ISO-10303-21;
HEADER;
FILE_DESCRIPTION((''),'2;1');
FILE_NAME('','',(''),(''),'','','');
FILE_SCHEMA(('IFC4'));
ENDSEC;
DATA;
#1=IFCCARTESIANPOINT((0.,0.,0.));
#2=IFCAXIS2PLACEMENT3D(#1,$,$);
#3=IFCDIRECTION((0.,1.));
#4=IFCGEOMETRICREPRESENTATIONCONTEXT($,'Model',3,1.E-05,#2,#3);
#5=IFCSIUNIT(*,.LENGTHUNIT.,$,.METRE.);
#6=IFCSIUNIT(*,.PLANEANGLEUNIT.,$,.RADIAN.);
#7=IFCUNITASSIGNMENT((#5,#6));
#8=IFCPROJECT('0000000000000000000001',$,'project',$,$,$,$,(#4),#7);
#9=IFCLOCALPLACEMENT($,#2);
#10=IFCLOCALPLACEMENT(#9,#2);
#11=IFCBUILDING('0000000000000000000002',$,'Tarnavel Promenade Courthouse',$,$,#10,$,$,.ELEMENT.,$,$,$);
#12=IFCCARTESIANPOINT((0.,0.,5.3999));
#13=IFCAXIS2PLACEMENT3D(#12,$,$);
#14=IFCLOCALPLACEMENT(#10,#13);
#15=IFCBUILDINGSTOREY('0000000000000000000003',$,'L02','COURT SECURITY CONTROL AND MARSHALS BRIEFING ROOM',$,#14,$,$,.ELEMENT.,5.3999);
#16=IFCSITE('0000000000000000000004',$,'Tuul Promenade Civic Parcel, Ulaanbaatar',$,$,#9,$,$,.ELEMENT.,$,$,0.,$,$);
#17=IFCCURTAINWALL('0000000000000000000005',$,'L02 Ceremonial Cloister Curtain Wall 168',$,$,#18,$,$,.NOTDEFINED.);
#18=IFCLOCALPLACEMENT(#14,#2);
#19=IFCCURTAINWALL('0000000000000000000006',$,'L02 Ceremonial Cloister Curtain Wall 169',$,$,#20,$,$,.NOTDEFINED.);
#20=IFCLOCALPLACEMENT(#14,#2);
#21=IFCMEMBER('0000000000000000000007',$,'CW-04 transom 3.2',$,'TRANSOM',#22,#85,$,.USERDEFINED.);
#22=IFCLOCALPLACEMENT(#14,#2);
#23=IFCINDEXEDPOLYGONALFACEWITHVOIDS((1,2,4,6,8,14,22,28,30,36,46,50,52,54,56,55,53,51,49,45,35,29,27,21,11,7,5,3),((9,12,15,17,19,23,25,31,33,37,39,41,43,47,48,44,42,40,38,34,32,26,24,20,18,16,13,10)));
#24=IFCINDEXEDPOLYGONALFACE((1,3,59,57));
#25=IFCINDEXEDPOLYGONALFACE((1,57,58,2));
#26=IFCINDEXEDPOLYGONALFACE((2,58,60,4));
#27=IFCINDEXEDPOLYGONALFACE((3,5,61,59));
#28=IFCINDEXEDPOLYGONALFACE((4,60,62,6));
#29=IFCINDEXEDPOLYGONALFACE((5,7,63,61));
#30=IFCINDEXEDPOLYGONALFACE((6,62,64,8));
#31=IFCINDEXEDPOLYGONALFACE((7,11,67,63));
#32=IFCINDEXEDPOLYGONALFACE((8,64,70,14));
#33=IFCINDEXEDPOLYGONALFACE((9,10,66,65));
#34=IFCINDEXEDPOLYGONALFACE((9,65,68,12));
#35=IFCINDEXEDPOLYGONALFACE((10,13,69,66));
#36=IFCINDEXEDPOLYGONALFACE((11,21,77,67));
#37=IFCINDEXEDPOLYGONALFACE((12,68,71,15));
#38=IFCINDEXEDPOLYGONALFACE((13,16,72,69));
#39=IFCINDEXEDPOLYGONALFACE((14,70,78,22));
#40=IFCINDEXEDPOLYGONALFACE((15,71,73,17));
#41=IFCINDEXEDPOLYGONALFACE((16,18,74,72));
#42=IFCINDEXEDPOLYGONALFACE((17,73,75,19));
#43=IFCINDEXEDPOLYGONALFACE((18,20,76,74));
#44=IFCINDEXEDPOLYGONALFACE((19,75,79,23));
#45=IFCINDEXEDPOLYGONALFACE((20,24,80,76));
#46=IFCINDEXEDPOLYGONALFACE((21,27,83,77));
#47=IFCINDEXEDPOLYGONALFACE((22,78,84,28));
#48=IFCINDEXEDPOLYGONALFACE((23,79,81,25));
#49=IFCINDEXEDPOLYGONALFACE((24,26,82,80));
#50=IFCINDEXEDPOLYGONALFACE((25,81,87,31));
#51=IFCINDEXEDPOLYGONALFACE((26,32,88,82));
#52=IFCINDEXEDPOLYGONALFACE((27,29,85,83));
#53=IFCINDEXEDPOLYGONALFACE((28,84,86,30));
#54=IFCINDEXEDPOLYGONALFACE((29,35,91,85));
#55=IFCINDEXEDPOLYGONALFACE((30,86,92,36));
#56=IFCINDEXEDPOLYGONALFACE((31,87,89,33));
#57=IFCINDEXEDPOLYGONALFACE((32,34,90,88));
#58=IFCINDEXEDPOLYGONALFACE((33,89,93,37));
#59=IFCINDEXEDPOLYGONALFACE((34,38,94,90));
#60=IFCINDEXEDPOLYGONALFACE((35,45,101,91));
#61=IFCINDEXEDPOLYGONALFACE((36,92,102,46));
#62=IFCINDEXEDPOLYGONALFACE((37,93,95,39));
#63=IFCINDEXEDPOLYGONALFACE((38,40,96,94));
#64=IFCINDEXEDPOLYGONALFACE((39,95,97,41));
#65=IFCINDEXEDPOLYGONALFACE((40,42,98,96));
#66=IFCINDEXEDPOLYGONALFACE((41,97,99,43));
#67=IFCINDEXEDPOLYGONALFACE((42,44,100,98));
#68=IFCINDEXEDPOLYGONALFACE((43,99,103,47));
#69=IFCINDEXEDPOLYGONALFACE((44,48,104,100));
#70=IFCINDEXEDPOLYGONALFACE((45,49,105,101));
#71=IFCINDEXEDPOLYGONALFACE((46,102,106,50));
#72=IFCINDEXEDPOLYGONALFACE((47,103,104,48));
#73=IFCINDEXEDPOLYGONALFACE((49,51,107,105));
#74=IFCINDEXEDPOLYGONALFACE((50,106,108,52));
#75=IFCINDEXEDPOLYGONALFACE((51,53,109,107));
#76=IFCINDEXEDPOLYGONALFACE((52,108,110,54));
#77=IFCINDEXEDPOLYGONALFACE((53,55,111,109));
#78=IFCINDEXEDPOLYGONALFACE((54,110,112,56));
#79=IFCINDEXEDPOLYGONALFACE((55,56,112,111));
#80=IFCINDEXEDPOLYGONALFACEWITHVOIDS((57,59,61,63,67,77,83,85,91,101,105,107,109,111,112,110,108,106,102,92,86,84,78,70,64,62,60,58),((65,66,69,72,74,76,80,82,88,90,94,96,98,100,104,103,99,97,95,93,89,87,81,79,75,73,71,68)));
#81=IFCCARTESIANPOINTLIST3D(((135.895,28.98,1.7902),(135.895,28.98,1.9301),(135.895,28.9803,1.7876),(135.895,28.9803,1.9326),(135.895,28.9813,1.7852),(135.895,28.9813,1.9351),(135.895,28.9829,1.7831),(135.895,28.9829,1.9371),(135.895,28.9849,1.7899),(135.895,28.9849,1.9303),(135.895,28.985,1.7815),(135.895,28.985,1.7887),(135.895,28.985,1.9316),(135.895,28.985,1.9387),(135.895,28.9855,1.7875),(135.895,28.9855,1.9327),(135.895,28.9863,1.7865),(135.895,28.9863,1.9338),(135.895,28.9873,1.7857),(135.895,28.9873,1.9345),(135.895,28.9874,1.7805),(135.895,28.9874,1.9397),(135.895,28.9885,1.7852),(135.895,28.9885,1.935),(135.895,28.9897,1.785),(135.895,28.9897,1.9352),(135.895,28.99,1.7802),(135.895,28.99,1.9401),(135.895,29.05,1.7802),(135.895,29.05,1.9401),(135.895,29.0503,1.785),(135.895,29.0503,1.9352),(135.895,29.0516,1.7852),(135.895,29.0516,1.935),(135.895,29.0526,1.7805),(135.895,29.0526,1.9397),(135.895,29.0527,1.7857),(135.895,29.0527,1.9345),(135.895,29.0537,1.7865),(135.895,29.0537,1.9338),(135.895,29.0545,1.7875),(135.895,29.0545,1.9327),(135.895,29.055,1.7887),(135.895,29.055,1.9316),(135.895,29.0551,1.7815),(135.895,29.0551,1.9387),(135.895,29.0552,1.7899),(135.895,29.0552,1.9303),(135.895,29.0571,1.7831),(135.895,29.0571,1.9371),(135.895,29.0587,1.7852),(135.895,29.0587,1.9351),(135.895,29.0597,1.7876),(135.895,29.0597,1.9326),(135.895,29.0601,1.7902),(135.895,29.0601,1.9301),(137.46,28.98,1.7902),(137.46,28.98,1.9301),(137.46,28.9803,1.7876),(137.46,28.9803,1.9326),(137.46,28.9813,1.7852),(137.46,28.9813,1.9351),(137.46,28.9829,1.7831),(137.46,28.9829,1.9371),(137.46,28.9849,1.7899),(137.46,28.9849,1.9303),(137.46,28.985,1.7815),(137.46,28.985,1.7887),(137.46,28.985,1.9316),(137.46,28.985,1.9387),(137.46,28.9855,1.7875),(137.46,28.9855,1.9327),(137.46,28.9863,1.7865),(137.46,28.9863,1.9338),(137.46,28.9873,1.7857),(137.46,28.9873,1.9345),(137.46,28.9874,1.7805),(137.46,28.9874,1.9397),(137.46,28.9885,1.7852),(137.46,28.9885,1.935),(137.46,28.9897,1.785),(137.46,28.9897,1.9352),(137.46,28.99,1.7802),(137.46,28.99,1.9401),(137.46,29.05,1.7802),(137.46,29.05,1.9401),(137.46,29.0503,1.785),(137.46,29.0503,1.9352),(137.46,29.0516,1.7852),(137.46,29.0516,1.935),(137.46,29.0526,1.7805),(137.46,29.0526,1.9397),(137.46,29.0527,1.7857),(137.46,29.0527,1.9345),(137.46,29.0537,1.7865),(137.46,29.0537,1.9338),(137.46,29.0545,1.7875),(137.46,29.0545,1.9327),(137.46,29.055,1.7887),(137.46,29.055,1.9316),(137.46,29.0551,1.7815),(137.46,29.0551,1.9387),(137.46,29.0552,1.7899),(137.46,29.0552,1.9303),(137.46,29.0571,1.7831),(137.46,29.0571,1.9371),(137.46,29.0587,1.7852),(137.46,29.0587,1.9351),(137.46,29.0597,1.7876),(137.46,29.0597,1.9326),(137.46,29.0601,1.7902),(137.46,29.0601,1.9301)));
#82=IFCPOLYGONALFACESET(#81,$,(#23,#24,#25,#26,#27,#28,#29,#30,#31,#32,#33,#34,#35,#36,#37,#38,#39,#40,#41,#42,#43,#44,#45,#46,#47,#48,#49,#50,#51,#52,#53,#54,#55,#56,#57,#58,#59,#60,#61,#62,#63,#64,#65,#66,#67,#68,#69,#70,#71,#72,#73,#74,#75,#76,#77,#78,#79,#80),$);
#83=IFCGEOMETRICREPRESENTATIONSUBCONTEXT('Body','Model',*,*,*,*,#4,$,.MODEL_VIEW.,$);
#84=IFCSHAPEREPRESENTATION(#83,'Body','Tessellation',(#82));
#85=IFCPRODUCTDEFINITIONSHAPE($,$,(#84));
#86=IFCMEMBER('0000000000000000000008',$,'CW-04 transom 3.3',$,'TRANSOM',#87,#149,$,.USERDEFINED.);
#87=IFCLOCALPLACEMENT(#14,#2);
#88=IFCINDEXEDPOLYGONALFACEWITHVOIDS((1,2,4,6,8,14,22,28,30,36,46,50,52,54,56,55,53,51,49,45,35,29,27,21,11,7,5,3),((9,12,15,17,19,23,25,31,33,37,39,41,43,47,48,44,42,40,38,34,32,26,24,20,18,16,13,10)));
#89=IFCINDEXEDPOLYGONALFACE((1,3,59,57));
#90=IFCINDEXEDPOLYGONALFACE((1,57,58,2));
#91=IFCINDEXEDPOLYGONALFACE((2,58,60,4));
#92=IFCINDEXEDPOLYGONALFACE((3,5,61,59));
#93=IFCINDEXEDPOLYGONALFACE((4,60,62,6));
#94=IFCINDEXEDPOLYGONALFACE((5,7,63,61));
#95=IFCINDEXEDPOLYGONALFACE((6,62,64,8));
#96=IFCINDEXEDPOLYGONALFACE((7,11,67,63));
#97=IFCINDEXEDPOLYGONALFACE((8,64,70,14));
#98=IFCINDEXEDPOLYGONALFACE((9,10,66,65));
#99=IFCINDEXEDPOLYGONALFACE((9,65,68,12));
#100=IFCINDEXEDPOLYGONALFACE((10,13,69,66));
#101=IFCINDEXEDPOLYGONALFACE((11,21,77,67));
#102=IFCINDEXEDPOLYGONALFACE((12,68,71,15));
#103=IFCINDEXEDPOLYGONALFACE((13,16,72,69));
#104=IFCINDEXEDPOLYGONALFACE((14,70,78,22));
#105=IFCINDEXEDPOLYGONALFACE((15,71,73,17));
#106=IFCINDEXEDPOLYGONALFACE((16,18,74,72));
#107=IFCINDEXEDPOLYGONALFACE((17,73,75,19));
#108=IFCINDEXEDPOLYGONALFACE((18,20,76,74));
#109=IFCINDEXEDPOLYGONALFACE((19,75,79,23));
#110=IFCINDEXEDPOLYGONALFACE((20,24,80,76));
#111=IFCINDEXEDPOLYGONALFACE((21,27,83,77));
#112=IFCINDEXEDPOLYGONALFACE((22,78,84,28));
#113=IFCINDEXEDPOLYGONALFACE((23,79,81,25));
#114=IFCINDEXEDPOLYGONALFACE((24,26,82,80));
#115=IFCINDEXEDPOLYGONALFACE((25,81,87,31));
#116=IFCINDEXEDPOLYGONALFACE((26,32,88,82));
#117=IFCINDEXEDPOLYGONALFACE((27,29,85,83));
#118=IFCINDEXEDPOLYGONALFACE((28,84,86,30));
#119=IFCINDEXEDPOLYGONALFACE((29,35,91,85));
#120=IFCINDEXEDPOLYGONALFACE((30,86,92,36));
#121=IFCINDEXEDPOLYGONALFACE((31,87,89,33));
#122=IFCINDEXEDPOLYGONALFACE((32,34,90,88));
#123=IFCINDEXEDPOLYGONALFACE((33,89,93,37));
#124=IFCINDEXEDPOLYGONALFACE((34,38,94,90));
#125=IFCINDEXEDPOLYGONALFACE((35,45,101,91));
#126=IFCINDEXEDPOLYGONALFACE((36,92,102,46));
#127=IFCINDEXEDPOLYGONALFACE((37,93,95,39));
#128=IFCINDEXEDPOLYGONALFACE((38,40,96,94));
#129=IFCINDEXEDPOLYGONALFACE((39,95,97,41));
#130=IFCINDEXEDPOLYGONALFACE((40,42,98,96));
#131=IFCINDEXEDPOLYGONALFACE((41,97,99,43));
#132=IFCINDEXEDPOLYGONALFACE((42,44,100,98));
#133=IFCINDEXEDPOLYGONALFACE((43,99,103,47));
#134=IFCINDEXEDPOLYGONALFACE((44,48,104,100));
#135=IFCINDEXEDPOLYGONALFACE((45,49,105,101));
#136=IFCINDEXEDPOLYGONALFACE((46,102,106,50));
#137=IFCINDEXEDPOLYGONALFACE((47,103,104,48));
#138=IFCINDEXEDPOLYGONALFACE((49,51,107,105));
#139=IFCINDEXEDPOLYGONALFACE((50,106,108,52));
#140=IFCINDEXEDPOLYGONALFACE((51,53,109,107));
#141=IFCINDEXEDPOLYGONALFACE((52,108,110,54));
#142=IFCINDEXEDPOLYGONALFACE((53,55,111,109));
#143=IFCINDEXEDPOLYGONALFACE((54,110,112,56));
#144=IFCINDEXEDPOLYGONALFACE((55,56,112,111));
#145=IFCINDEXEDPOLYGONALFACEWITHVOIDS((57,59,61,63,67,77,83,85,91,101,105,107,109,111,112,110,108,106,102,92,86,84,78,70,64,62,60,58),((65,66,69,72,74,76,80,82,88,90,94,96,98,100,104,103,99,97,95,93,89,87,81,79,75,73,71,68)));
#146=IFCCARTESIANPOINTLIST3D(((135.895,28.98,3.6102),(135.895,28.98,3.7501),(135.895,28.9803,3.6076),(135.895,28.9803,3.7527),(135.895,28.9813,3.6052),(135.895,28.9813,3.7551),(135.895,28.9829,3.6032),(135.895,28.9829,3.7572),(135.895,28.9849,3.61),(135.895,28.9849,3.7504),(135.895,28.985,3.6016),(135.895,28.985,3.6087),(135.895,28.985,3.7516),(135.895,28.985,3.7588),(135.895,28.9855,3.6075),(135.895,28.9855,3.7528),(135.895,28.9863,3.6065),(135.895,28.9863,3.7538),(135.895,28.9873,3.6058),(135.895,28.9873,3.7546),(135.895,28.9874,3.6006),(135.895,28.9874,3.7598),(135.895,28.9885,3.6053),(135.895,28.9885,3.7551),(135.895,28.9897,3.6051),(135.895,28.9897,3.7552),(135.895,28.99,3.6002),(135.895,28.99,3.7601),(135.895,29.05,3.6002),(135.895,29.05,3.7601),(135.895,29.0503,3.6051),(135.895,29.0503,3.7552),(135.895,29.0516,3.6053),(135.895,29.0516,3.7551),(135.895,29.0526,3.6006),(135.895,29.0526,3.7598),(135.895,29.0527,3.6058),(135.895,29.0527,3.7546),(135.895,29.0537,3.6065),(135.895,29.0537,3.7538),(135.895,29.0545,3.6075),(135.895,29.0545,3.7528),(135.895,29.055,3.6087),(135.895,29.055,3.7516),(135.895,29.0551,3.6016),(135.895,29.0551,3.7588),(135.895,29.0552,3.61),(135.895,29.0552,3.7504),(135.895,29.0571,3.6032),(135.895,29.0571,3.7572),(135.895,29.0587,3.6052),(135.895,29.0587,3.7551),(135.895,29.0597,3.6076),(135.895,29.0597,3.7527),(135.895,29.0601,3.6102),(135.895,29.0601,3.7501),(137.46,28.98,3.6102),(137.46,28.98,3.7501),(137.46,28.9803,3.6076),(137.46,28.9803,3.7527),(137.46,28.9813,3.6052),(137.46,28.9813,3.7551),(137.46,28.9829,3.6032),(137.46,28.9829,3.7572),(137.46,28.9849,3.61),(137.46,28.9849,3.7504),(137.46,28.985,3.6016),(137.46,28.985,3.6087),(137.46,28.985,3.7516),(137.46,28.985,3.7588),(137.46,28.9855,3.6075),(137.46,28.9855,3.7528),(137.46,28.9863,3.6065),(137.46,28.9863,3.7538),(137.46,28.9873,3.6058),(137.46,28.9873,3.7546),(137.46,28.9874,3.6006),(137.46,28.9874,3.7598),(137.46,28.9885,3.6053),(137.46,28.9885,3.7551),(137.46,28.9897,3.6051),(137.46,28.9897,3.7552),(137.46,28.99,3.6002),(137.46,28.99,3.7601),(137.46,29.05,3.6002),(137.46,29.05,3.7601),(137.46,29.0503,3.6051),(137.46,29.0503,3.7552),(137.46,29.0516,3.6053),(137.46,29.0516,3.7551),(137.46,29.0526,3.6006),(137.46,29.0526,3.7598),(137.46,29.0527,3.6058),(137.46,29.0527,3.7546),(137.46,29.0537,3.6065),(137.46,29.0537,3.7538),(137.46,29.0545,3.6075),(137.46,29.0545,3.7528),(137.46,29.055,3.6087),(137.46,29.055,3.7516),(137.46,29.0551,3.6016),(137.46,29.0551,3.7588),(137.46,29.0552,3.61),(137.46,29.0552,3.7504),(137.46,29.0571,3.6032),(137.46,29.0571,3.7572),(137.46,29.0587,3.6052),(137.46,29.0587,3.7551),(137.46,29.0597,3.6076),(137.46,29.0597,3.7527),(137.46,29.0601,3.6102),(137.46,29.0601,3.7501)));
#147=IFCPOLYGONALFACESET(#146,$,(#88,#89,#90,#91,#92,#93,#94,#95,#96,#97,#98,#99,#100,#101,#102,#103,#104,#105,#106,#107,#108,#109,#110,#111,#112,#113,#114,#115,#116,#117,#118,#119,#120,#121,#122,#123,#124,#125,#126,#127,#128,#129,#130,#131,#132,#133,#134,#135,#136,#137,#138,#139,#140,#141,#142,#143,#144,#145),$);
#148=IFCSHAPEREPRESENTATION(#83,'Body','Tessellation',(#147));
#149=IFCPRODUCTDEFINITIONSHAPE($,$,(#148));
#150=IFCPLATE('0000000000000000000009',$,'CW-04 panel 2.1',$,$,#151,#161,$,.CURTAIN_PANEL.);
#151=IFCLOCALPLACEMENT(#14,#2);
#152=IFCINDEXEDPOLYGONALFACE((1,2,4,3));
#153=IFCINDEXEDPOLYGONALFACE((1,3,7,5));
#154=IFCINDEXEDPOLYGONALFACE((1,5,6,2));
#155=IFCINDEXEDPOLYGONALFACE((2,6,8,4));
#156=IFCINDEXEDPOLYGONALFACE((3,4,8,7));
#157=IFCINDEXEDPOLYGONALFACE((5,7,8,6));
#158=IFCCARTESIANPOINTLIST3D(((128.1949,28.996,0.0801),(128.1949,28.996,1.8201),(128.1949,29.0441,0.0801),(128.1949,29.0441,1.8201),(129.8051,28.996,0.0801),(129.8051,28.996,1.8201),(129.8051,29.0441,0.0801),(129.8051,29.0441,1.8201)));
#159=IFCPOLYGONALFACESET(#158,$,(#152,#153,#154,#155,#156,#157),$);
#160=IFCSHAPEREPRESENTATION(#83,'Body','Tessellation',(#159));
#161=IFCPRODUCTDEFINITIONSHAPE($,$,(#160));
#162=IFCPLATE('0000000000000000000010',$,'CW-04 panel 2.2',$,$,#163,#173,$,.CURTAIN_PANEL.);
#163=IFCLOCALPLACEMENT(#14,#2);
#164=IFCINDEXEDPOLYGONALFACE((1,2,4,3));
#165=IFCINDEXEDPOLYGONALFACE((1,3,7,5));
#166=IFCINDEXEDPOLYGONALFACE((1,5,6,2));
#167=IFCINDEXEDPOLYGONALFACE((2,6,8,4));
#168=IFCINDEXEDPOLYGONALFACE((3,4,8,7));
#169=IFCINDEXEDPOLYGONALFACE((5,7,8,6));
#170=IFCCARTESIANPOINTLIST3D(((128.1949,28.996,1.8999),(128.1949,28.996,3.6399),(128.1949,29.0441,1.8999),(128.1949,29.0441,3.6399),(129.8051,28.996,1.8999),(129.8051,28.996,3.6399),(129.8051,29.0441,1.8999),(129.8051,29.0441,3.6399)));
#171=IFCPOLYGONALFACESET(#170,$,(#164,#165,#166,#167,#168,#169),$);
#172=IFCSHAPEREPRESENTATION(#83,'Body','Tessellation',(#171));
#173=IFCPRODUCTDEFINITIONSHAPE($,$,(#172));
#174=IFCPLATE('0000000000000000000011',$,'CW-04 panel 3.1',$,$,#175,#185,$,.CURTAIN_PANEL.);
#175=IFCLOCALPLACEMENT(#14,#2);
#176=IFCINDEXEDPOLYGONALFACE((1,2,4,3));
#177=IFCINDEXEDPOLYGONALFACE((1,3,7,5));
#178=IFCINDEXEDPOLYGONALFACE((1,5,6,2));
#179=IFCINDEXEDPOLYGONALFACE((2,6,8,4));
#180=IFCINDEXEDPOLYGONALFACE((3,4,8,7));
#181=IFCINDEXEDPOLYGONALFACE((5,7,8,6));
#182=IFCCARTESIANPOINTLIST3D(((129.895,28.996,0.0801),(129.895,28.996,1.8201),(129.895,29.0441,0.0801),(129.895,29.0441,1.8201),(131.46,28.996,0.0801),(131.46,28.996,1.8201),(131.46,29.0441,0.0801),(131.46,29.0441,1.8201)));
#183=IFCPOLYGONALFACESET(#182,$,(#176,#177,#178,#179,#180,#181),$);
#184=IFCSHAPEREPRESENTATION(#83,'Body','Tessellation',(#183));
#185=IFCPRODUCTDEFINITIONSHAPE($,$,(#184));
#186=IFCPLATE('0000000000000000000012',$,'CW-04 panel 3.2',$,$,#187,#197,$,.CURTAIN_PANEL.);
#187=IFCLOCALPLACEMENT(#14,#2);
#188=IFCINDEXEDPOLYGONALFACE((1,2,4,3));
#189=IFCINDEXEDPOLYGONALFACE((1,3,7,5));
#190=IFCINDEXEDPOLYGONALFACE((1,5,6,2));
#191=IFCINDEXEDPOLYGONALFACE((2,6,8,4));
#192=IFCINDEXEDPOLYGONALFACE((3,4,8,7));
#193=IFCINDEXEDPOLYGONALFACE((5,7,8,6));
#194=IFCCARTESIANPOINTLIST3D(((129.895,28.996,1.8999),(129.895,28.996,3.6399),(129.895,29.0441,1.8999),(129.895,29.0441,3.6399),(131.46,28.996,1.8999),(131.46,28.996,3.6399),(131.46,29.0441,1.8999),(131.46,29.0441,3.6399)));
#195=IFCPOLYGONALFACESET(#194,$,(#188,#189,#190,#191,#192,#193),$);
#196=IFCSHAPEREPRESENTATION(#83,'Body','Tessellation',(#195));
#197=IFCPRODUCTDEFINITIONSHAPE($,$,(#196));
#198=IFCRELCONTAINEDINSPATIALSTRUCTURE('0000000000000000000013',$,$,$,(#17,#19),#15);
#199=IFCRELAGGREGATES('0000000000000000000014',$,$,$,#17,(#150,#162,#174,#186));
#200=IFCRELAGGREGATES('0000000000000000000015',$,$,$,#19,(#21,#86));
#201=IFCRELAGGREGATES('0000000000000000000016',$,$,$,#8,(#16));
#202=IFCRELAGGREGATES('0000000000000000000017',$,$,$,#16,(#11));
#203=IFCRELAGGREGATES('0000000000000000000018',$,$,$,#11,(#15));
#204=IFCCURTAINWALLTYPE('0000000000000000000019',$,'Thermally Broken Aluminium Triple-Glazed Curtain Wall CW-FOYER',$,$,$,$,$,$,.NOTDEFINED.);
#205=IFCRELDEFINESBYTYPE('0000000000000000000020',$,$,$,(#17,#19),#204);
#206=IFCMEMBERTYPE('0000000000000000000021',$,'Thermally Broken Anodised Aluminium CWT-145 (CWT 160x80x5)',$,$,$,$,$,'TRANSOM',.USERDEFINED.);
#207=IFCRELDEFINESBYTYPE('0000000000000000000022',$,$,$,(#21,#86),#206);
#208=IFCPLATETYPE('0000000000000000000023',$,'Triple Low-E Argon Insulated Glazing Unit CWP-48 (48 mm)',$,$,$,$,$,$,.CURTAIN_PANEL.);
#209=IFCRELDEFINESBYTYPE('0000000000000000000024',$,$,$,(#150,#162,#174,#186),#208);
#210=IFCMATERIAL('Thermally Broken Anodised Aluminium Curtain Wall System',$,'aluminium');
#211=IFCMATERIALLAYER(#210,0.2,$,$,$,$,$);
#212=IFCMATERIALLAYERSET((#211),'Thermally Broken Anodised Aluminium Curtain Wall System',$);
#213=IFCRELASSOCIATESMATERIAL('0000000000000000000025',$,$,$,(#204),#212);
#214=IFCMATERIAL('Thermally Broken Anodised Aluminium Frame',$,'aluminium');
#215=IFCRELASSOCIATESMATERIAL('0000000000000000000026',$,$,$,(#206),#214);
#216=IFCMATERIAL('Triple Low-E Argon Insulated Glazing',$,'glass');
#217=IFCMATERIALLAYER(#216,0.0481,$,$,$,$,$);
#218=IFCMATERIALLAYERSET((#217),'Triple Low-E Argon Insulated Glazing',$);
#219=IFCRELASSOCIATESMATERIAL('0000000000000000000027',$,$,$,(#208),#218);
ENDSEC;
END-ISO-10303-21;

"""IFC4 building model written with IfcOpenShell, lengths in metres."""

from ifc_helpers import new_model, si_unit, direction, frame, origin, origin_2d, place, context, subcontext, project, spatial, rectangle, hollow_rectangle, extrude, material, layer, layer_set, material_profile, profile_set, type_object, element, aggregate, save


model = new_model("IFC4")

# Units and contexts
model_context = context("Model", 3, precision=1e-05, world=origin(), true_north=direction((0.0, 1.0)))
body_context = subcontext(model_context, "Body", "Model", "MODEL_VIEW")
ifc_project = project(units=[si_unit("LENGTHUNIT", "METRE"), si_unit("PLANEANGLEUNIT", "RADIAN")], contexts=[model_context])

# Site, building, storey
site_placement = place(None, origin())
site = spatial("IfcSite", under=ifc_project, at=site_placement, Name="Tuul Promenade Civic Parcel, Ulaanbaatar", CompositionType="ELEMENT", RefElevation=0.0)
building_placement = place(site_placement, origin())
building = spatial("IfcBuilding", under=site, at=building_placement, Name="Tarnavel Promenade Courthouse", CompositionType="ELEMENT")
storey_placement = place(building_placement, frame((0.0, 0.0, 5.3999)))
storey = spatial("IfcBuildingStorey", under=building, at=storey_placement, Name="L02", Description="COURT SECURITY CONTROL AND MARSHALS BRIEFING ROOM", CompositionType="ELEMENT", Elevation=5.3999)

# Curtain walls
ifc_material_1 = material(Name="Thermally Broken Anodised Aluminium Curtain Wall System", Category="aluminium")
ifc_layer_1 = layer(ifc_material_1, 0.2)
ifc_layer_set_1 = layer_set([ifc_layer_1], Name="Thermally Broken Anodised Aluminium Curtain Wall System")
curtain_wall_type = type_object("IfcCurtainWallType", Name="Thermally Broken Aluminium Triple-Glazed Curtain Wall CW-FOYER", PredefinedType="NOTDEFINED", material=ifc_layer_set_1)
curtain_wall_1_placement = place(storey_placement, origin())
curtain_wall_1 = element("IfcCurtainWall", 1, at=curtain_wall_1_placement, inside=storey, type_object=curtain_wall_type, Name="L02 Ceremonial Cloister Curtain Wall 168", PredefinedType="NOTDEFINED")
ifc_material_2 = material(Name="Thermally Broken Anodised Aluminium Frame", Category="aluminium")
curtain_wall_2_placement = place(storey_placement, origin())
curtain_wall_2 = element("IfcCurtainWall", 2, at=curtain_wall_2_placement, inside=storey, type_object=curtain_wall_type, Name="L02 Ceremonial Cloister Curtain Wall 169", PredefinedType="NOTDEFINED")

# Members
ifc_material_profile_1 = material_profile(ifc_material_2, hollow_rectangle(XDim=0.0801, YDim=0.1599, WallThickness=0.0049, InnerFilletRadius=0.0049, OuterFilletRadius=0.01, at=origin_2d()), Name="CWT 160x80x5")
ifc_profile_set_1 = profile_set([ifc_material_profile_1], Name="Thermally Broken Anodised Aluminium Frame")
member_type_1 = type_object("IfcMemberType", Name="Thermally Broken Anodised Aluminium CWT-145 (CWT 160x80x5)", ElementType="TRANSOM", PredefinedType="USERDEFINED", material=ifc_profile_set_1)
member_1_placement = place(storey_placement, frame((135.895, 29.02, 1.8601), z_axis=(1.0, 0.0, 0.0), x_axis=(0.0, 1.0, 0.0)))
member_1 = element("IfcMember", 3, at=member_1_placement, type_object=member_type_1, Name="CW-04 transom 3.2", ObjectType="TRANSOM", PredefinedType="USERDEFINED", context=body_context, shape_type="SweptSolid", body=[
    extrude(hollow_rectangle(XDim=0.0801, YDim=0.1599, WallThickness=0.0049, InnerFilletRadius=0.0049, OuterFilletRadius=0.01, at=origin_2d()), origin(), (0.0, 0.0, 1.0), 1.5649),
])
member_2_placement = place(storey_placement, frame((135.895, 29.02, 3.6802), z_axis=(1.0, 0.0, 0.0), x_axis=(0.0, 1.0, 0.0)))
member_2 = element("IfcMember", 4, at=member_2_placement, type_object=member_type_1, Name="CW-04 transom 3.3", ObjectType="TRANSOM", PredefinedType="USERDEFINED", context=body_context, shape_type="SweptSolid", body=[
    extrude(hollow_rectangle(XDim=0.0801, YDim=0.1599, WallThickness=0.0049, InnerFilletRadius=0.0049, OuterFilletRadius=0.01, at=origin_2d()), origin(), (0.0, 0.0, 1.0), 1.5649),
])

# Plates
ifc_material_3 = material(Name="Triple Low-E Argon Insulated Glazing", Category="glass")
ifc_layer_2 = layer(ifc_material_3, 0.0481)
ifc_layer_set_2 = layer_set([ifc_layer_2], Name="Triple Low-E Argon Insulated Glazing")
plate_type = type_object("IfcPlateType", Name="Triple Low-E Argon Insulated Glazing Unit CWP-48 (48 mm)", PredefinedType="CURTAIN_PANEL", material=ifc_layer_set_2)
plate_1_placement = place(storey_placement, frame((129.0, 29.02, 0.0801), z_axis=(0.0, 0.0, 1.0), x_axis=(1.0, 0.0, 0.0)))
plate_1 = element("IfcPlate", 5, at=plate_1_placement, type_object=plate_type, Name="CW-04 panel 2.1", PredefinedType="CURTAIN_PANEL", context=body_context, shape_type="SweptSolid", body=[
    extrude(rectangle(XDim=1.6101, YDim=0.0481, at=origin_2d()), origin(), (0.0, 0.0, 1.0), 1.74),
])
plate_2_placement = place(storey_placement, frame((129.0, 29.02, 1.8999), z_axis=(0.0, 0.0, 1.0), x_axis=(1.0, 0.0, 0.0)))
plate_2 = element("IfcPlate", 6, at=plate_2_placement, type_object=plate_type, Name="CW-04 panel 2.2", PredefinedType="CURTAIN_PANEL", context=body_context, shape_type="SweptSolid", body=[
    extrude(rectangle(XDim=1.6101, YDim=0.0481, at=origin_2d()), origin(), (0.0, 0.0, 1.0), 1.74),
])
plate_3_placement = place(storey_placement, frame((130.6775, 29.02, 0.0801), z_axis=(0.0, 0.0, 1.0), x_axis=(1.0, 0.0, 0.0)))
plate_3 = element("IfcPlate", 7, at=plate_3_placement, type_object=plate_type, Name="CW-04 panel 3.1", PredefinedType="CURTAIN_PANEL", context=body_context, shape_type="SweptSolid", body=[
    extrude(rectangle(XDim=1.5649, YDim=0.0481, at=origin_2d()), origin(), (0.0, 0.0, 1.0), 1.74),
])
plate_4_placement = place(storey_placement, frame((130.6775, 29.02, 1.8999), z_axis=(0.0, 0.0, 1.0), x_axis=(1.0, 0.0, 0.0)))
plate_4 = element("IfcPlate", 8, at=plate_4_placement, type_object=plate_type, Name="CW-04 panel 3.2", PredefinedType="CURTAIN_PANEL", context=body_context, shape_type="SweptSolid", body=[
    extrude(rectangle(XDim=1.5649, YDim=0.0481, at=origin_2d()), origin(), (0.0, 0.0, 1.0), 1.74),
])
aggregate(curtain_wall_1, [plate_1, plate_2, plate_3, plate_4])
aggregate(curtain_wall_2, [member_1, member_2])

save(model, "model.ifc")
